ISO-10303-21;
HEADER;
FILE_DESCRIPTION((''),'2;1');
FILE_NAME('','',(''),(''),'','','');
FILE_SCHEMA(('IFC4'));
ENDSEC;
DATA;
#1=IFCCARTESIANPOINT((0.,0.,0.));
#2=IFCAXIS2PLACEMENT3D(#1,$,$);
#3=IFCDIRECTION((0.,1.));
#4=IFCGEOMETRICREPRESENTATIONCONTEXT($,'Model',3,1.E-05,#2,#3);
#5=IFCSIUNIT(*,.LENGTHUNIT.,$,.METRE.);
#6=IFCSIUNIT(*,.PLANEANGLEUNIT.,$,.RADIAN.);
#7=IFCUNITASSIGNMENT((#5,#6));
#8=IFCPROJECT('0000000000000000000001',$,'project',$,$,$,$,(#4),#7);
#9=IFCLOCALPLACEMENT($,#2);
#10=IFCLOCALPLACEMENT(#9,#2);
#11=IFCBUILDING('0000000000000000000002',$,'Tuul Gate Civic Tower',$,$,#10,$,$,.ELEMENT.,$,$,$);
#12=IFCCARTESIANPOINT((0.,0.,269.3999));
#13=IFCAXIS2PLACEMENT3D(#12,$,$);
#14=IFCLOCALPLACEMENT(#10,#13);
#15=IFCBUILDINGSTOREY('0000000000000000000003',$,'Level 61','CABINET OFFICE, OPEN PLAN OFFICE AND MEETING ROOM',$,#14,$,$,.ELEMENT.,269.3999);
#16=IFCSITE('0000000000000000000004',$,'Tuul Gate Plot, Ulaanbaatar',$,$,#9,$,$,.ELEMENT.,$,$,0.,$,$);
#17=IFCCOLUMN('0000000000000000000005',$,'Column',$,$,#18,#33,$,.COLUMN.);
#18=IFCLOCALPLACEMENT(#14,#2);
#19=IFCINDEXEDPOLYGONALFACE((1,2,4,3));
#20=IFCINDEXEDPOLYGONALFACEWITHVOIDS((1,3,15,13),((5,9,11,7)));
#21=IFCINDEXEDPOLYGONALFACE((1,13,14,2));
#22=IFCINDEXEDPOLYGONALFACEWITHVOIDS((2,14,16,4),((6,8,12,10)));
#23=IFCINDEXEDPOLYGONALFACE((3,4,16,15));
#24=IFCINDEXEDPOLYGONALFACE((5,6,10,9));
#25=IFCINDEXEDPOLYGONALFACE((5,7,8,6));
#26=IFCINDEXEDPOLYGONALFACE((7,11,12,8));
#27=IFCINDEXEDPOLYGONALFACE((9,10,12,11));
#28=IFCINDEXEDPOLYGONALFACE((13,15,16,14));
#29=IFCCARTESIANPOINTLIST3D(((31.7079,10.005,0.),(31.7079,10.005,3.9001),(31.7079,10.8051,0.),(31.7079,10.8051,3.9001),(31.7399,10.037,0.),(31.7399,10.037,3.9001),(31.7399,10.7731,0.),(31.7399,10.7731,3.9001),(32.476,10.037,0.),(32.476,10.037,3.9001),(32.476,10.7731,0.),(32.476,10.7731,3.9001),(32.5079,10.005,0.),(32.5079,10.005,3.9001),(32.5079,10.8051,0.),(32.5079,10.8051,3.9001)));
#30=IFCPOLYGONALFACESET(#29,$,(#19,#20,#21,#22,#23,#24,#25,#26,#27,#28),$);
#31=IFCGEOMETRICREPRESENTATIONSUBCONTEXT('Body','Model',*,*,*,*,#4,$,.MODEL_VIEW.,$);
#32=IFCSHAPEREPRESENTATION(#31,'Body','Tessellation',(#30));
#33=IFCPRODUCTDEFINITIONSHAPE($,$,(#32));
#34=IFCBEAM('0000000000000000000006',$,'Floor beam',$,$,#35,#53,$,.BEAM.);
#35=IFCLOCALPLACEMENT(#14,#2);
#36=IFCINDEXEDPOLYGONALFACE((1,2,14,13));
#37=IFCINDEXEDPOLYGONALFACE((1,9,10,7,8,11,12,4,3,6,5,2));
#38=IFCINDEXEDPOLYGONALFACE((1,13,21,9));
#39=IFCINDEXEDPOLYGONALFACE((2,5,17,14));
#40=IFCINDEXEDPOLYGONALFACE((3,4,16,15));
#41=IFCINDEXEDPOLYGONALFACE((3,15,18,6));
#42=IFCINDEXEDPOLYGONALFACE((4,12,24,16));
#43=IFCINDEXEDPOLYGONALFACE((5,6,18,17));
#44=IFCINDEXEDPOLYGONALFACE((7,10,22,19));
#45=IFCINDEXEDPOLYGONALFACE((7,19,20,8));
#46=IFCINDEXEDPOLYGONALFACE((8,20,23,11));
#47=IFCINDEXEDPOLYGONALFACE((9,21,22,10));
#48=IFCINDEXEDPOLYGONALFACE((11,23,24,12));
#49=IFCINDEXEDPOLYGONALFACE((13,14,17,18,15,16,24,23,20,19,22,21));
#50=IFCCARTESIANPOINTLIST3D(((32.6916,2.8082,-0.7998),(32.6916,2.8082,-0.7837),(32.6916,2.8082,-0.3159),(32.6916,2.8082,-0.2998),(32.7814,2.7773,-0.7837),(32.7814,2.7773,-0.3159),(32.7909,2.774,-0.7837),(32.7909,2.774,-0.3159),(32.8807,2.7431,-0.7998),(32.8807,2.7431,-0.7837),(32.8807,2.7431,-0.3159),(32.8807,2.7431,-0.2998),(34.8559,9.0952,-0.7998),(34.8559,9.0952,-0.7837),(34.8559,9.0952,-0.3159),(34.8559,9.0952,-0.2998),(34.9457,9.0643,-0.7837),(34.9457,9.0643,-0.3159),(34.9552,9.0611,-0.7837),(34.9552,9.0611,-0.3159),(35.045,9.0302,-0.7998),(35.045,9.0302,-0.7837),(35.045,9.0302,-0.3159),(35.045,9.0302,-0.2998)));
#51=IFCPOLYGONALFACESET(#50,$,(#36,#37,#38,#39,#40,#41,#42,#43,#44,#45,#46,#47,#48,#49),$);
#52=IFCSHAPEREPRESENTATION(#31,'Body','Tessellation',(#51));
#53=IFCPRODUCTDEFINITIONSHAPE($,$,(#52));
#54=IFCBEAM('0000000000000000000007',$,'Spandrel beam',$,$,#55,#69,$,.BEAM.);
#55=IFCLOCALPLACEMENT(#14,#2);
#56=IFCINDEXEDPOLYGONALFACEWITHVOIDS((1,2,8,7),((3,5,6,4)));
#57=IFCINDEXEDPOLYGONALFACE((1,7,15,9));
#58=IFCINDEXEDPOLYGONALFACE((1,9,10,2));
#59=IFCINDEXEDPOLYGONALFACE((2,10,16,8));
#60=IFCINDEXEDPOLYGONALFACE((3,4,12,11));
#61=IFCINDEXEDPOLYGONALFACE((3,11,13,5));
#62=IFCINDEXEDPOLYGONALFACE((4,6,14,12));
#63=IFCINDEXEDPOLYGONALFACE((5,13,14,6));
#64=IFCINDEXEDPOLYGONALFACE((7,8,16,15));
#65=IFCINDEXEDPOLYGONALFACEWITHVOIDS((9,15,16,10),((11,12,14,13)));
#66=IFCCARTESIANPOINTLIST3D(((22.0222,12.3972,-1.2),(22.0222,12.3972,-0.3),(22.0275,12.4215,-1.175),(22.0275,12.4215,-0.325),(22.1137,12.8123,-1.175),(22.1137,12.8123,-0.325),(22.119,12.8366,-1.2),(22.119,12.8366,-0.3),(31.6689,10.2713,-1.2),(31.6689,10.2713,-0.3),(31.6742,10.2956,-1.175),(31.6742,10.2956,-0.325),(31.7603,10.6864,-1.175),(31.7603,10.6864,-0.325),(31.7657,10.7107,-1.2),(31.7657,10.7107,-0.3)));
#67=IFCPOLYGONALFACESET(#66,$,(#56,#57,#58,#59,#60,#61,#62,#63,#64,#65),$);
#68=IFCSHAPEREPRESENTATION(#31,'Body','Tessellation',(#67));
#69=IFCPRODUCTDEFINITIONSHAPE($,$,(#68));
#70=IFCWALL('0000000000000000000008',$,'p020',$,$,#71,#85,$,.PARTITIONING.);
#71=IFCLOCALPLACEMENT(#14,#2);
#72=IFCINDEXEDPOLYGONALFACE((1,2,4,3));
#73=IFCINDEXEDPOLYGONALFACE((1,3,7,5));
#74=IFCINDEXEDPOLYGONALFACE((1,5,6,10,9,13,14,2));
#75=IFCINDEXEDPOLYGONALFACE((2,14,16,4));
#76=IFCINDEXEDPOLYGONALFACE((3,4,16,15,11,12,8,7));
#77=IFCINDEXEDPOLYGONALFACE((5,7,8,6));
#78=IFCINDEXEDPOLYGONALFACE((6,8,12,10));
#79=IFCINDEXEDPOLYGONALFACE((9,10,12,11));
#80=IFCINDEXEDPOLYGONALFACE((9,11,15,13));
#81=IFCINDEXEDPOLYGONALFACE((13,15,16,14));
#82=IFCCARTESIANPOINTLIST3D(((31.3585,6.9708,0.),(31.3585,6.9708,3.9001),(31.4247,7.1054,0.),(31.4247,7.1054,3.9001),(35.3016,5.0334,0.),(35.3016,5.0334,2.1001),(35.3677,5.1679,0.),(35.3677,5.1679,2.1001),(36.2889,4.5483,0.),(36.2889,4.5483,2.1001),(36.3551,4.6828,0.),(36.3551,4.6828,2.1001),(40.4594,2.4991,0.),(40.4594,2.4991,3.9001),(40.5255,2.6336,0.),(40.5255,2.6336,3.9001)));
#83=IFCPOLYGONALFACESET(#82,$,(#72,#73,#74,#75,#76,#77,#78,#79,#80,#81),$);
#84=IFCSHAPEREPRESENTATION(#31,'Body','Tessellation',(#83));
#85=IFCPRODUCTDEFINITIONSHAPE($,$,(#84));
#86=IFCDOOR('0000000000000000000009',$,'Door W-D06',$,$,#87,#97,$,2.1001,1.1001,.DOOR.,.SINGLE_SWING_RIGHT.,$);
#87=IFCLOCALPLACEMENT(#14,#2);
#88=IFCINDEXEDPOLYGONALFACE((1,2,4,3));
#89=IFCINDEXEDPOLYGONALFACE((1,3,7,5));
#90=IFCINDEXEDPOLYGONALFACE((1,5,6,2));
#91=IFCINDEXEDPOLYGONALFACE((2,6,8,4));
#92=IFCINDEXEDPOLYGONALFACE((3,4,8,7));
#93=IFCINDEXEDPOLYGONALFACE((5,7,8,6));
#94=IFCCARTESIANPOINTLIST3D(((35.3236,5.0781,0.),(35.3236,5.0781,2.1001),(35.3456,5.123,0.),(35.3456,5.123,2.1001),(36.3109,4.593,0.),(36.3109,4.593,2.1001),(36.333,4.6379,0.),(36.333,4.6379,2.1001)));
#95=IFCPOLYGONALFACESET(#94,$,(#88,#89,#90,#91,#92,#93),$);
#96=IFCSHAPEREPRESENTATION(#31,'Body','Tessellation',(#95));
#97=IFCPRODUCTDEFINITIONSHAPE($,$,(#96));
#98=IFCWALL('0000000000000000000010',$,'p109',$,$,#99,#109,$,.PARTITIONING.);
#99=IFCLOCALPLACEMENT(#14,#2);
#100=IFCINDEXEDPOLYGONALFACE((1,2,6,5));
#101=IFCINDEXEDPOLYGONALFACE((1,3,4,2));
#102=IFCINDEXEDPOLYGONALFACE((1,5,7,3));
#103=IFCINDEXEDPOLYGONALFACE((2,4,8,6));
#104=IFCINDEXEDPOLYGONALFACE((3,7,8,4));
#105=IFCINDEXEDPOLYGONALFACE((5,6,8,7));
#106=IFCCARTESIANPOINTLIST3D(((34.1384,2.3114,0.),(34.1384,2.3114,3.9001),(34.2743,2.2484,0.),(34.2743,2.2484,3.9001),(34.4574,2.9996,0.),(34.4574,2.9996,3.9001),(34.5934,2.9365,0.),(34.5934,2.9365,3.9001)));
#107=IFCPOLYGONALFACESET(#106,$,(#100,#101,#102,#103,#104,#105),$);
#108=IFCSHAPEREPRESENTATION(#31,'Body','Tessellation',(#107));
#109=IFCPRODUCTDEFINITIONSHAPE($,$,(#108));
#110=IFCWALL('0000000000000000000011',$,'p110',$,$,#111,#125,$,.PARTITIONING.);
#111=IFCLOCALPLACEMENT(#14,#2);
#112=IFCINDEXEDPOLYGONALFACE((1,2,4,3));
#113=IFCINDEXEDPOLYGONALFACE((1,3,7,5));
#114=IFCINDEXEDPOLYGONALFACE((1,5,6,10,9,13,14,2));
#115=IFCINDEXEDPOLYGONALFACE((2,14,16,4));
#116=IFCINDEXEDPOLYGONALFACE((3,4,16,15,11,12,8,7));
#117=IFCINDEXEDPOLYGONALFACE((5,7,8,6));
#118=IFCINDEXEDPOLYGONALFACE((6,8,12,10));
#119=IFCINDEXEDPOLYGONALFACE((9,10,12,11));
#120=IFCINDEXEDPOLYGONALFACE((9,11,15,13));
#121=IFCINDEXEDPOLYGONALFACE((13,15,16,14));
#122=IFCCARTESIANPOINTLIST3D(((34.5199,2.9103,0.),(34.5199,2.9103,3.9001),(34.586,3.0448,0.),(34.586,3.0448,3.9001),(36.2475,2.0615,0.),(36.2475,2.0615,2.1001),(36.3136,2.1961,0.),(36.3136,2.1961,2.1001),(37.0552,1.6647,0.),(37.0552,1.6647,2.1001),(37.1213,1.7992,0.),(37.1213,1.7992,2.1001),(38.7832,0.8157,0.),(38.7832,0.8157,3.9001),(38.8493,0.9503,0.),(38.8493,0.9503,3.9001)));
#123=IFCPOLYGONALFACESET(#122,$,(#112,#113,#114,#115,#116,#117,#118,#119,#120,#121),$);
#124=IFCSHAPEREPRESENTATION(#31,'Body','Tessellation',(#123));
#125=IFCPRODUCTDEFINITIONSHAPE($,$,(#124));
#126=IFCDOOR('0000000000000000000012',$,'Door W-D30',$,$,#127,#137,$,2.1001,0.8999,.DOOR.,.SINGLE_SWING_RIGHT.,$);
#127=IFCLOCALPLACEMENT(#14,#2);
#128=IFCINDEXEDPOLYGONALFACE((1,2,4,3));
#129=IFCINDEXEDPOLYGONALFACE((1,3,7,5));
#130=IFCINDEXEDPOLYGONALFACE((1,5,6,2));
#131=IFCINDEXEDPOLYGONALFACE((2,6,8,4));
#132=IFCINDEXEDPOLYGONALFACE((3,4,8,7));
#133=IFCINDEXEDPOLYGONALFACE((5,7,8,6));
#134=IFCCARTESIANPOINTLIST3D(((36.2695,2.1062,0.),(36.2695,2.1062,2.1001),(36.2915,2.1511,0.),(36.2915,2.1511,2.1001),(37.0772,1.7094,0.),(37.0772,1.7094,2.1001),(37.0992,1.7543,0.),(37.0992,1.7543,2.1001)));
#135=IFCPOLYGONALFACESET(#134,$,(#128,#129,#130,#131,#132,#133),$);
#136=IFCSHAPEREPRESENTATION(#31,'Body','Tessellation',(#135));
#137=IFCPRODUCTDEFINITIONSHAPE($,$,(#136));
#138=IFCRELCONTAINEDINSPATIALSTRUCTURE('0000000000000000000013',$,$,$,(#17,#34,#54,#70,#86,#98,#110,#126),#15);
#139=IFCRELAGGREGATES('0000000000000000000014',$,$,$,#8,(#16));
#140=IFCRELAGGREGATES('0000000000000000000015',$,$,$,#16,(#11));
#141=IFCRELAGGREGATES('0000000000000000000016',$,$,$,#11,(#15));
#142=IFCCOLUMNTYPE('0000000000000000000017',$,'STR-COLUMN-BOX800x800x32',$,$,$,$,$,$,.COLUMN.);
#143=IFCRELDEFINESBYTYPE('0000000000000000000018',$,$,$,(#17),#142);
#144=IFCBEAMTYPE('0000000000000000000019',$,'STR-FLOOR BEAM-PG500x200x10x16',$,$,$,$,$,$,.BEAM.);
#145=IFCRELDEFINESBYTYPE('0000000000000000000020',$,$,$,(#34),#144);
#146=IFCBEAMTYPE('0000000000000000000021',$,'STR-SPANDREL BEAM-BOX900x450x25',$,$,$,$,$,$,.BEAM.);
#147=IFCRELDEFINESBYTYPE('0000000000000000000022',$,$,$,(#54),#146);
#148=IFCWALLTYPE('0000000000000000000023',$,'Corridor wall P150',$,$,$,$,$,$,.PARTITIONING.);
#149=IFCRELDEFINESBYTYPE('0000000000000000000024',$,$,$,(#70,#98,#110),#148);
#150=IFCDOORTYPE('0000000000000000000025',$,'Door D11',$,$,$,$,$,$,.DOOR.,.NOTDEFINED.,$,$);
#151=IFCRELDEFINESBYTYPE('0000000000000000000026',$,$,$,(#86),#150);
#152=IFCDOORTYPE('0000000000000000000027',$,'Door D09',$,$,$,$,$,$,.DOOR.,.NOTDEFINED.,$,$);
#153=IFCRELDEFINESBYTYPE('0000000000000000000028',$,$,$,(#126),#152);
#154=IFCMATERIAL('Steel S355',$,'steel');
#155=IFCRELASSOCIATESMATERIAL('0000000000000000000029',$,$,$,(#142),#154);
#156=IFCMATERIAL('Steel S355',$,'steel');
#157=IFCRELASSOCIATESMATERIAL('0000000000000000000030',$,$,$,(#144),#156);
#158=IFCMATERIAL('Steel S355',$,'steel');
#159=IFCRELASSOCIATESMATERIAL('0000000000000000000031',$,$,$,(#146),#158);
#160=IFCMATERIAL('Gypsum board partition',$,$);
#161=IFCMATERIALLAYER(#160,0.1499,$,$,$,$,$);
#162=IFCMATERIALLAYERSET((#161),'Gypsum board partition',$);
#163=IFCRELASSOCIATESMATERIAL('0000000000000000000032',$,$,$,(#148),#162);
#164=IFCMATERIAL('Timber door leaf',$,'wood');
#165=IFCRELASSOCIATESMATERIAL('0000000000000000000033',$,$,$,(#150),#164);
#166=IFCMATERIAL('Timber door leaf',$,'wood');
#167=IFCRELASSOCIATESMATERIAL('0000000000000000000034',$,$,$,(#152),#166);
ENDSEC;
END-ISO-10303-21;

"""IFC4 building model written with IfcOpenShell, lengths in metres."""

from ifc_helpers import new_model, si_unit, direction, frame, frame_2d, origin, origin_2d, place, context, subcontext, project, spatial, rectangle, hollow_rectangle, i_section, extrude, material, layer, layer_set, material_profile, profile_set, type_object, element, fill, save


model = new_model("IFC4")

# Units and contexts
model_context = context("Model", 3, precision=1e-05, world=origin(), true_north=direction((0.0, 1.0)))
body_context = subcontext(model_context, "Body", "Model", "MODEL_VIEW")
ifc_project = project(units=[si_unit("LENGTHUNIT", "METRE"), si_unit("PLANEANGLEUNIT", "RADIAN")], contexts=[model_context])

# Site, building, storey
site_placement = place(None, origin())
site = spatial("IfcSite", under=ifc_project, at=site_placement, Name="Tuul Gate Plot, Ulaanbaatar", CompositionType="ELEMENT", RefElevation=0.0)
building_placement = place(site_placement, origin())
building = spatial("IfcBuilding", under=site, at=building_placement, Name="Tuul Gate Civic Tower", CompositionType="ELEMENT")
storey_placement = place(building_placement, frame((0.0, 0.0, 269.3999)))
storey = spatial("IfcBuildingStorey", under=building, at=storey_placement, Name="Level 61", Description="CABINET OFFICE, OPEN PLAN OFFICE AND MEETING ROOM", CompositionType="ELEMENT", Elevation=269.3999)

# Column
ifc_material_1 = material(Name="Steel S355", Category="steel")
ifc_material_profile_1 = material_profile(ifc_material_1, hollow_rectangle(XDim=0.8, YDim=0.8, WallThickness=0.032, at=origin_2d()), Name="BOX800x800x32")
ifc_profile_set_1 = profile_set([ifc_material_profile_1], Name="Steel S355")
column_type = type_object("IfcColumnType", Name="STR-COLUMN-BOX800x800x32", PredefinedType="COLUMN", material=ifc_profile_set_1)
column_placement = place(storey_placement, frame((32.1079, 10.405, 0.0), z_axis=(0.0, 0.0, 1.0), x_axis=(1.0, 0.0, 0.0)))
element("IfcColumn", 1, at=column_placement, inside=storey, type_object=column_type, Name="Column", PredefinedType="COLUMN", context=body_context, shape_type="SweptSolid", body=[
    extrude(hollow_rectangle(XDim=0.8, YDim=0.8, WallThickness=0.032, at=origin_2d()), origin(), (0.0, 0.0, 1.0), 3.9001),
])

# Beams
ifc_material_2 = material(Name="Steel S355", Category="steel")
ifc_material_profile_2 = material_profile(ifc_material_2, i_section(OverallWidth=0.2, OverallDepth=0.5, WebThickness=0.01, FlangeThickness=0.0161, at=origin_2d()), Name="PG500x200x10x16")
ifc_profile_set_2 = profile_set([ifc_material_profile_2], Name="Steel S355")
beam_type_1 = type_object("IfcBeamType", Name="STR-FLOOR BEAM-PG500x200x10x16", PredefinedType="BEAM", material=ifc_profile_set_2)
beam_1_placement = place(storey_placement, frame((32.7861, 2.7756, -0.5498), z_axis=(0.325498, 0.945543, 0.0), x_axis=(-0.945543, 0.325498, 0.0)))
element("IfcBeam", 2, at=beam_1_placement, inside=storey, type_object=beam_type_1, Name="Floor beam", PredefinedType="BEAM", context=body_context, shape_type="SweptSolid", body=[
    extrude(i_section(OverallWidth=0.2, OverallDepth=0.5, WebThickness=0.01, FlangeThickness=0.0161, at=origin_2d()), origin(), (0.0, 0.0, 1.0), 6.6492),
])
ifc_material_3 = material(Name="Steel S355", Category="steel")
ifc_material_profile_3 = material_profile(ifc_material_3, hollow_rectangle(XDim=0.45, YDim=0.8999, WallThickness=0.0249, at=origin_2d()), Name="BOX900x450x25")
ifc_profile_set_3 = profile_set([ifc_material_profile_3], Name="Steel S355")
beam_type_2 = type_object("IfcBeamType", Name="STR-SPANDREL BEAM-BOX900x450x25", PredefinedType="BEAM", material=ifc_profile_set_3)
beam_2_placement = place(storey_placement, frame((31.7173, 10.491, -0.75), z_axis=(-0.976566, 0.215219, 0.0), x_axis=(-0.215219, -0.976566, 0.0)))
element("IfcBeam", 3, at=beam_2_placement, inside=storey, type_object=beam_type_2, Name="Spandrel beam", PredefinedType="BEAM", context=body_context, shape_type="SweptSolid", body=[
    extrude(hollow_rectangle(XDim=0.45, YDim=0.8999, WallThickness=0.0249, at=origin_2d()), origin(), (0.0, 0.0, 1.0), 9.8782),
])

# Wall, opening, door
ifc_material_4 = material(Name="Gypsum board partition")
ifc_layer_1 = layer(ifc_material_4, 0.1499)
ifc_layer_set_1 = layer_set([ifc_layer_1], Name="Gypsum board partition")
wall_type_1 = type_object("IfcWallType", Name="Corridor wall P150", PredefinedType="PARTITIONING", material=ifc_layer_set_1)
wall_1_placement = place(storey_placement, frame((31.3916, 7.0381, 0.0), z_axis=(0.0, 0.0, 1.0), x_axis=(0.897512, -0.440991, 0.0)))
wall_1 = element("IfcWall", 4, at=wall_1_placement, inside=storey, type_object=wall_type_1, Name="p020", PredefinedType="PARTITIONING", context=body_context, shape_type="SweptSolid", body=[
    extrude(rectangle(XDim=10.1401, YDim=0.1499, at=frame_2d((5.0701, 0.0))), origin(), (0.0, 0.0, 1.0), 3.9001),
])
opening_1_placement = place(wall_1_placement, frame((4.3933, 0.0, 0.0)))
opening_1 = element("IfcOpeningElement", 5, at=opening_1_placement, cuts=wall_1, PredefinedType="OPENING", context=body_context, shape_type="SweptSolid", body=[
    extrude(rectangle(XDim=1.1001, YDim=2.1001, at=frame_2d((0.55, 1.05))), frame((0.0, 0.085, 0.0), z_axis=(0.0, -1.0, 0.0), x_axis=(1.0, 0.0, 0.0)), (0.0, 0.0, 1.0), 0.1699),
])
ifc_material_5 = material(Name="Timber door leaf", Category="wood")
door_type_1 = type_object("IfcDoorType", Name="Door D11", OperationType="NOTDEFINED", PredefinedType="DOOR", material=ifc_material_5)
door_1_placement = place(opening_1_placement, origin())
door_1 = element("IfcDoor", 6, at=door_1_placement, inside=storey, type_object=door_type_1, Name="Door W-D06", OperationType="SINGLE_SWING_RIGHT", OverallHeight=2.1001, OverallWidth=1.1001, PredefinedType="DOOR", context=body_context, shape_type="SweptSolid", body=[
    extrude(rectangle(XDim=1.1001, YDim=2.1001, at=frame_2d((0.55, 1.05))), frame((0.0, 0.0249, 0.0), z_axis=(0.0, -1.0, 0.0), x_axis=(1.0, 0.0, 0.0)), (0.0, 0.0, 1.0), 0.05),
])
fill(opening_1, door_1)

# Wall
wall_2_placement = place(storey_placement, frame((34.2063, 2.2798, 0.0), z_axis=(0.0, 0.0, 1.0), x_axis=(0.420629, 0.907233, 0.0)))
element("IfcWall", 7, at=wall_2_placement, inside=storey, type_object=wall_type_1, Name="p109", PredefinedType="PARTITIONING", context=body_context, shape_type="SweptSolid", body=[
    extrude(rectangle(XDim=0.7585, YDim=0.1499, at=frame_2d((0.3794, 0.0))), origin(), (0.0, 0.0, 1.0), 3.9001),
])

# Wall, opening, door
wall_3_placement = place(storey_placement, frame((34.553, 2.9775, 0.0), z_axis=(0.0, 0.0, 1.0), x_axis=(0.89753, -0.440953, 0.0)))
wall_3 = element("IfcWall", 8, at=wall_3_placement, inside=storey, type_object=wall_type_1, Name="p110", PredefinedType="PARTITIONING", context=body_context, shape_type="SweptSolid", body=[
    extrude(rectangle(XDim=4.75, YDim=0.1499, at=frame_2d((2.375, 0.0))), origin(), (0.0, 0.0, 1.0), 3.9001),
])
opening_2_placement = place(wall_3_placement, frame((1.9248, 0.0, 0.0)))
opening_2 = element("IfcOpeningElement", 9, at=opening_2_placement, cuts=wall_3, PredefinedType="OPENING", context=body_context, shape_type="SweptSolid", body=[
    extrude(rectangle(XDim=0.8999, YDim=2.1001, at=frame_2d((0.45, 1.05))), frame((0.0, 0.085, 0.0), z_axis=(0.0, -1.0, 0.0), x_axis=(1.0, 0.0, 0.0)), (0.0, 0.0, 1.0), 0.1699),
])
ifc_material_6 = material(Name="Timber door leaf", Category="wood")
door_type_2 = type_object("IfcDoorType", Name="Door D09", OperationType="NOTDEFINED", PredefinedType="DOOR", material=ifc_material_6)
door_2_placement = place(opening_2_placement, origin())
door_2 = element("IfcDoor", 10, at=door_2_placement, inside=storey, type_object=door_type_2, Name="Door W-D30", OperationType="SINGLE_SWING_RIGHT", OverallHeight=2.1001, OverallWidth=0.8999, PredefinedType="DOOR", context=body_context, shape_type="SweptSolid", body=[
    extrude(rectangle(XDim=0.8999, YDim=2.1001, at=frame_2d((0.45, 1.05))), frame((0.0, 0.0249, 0.0), z_axis=(0.0, -1.0, 0.0), x_axis=(1.0, 0.0, 0.0)), (0.0, 0.0, 1.0), 0.05),
])
fill(opening_2, door_2)

save(model, "model.ifc")
